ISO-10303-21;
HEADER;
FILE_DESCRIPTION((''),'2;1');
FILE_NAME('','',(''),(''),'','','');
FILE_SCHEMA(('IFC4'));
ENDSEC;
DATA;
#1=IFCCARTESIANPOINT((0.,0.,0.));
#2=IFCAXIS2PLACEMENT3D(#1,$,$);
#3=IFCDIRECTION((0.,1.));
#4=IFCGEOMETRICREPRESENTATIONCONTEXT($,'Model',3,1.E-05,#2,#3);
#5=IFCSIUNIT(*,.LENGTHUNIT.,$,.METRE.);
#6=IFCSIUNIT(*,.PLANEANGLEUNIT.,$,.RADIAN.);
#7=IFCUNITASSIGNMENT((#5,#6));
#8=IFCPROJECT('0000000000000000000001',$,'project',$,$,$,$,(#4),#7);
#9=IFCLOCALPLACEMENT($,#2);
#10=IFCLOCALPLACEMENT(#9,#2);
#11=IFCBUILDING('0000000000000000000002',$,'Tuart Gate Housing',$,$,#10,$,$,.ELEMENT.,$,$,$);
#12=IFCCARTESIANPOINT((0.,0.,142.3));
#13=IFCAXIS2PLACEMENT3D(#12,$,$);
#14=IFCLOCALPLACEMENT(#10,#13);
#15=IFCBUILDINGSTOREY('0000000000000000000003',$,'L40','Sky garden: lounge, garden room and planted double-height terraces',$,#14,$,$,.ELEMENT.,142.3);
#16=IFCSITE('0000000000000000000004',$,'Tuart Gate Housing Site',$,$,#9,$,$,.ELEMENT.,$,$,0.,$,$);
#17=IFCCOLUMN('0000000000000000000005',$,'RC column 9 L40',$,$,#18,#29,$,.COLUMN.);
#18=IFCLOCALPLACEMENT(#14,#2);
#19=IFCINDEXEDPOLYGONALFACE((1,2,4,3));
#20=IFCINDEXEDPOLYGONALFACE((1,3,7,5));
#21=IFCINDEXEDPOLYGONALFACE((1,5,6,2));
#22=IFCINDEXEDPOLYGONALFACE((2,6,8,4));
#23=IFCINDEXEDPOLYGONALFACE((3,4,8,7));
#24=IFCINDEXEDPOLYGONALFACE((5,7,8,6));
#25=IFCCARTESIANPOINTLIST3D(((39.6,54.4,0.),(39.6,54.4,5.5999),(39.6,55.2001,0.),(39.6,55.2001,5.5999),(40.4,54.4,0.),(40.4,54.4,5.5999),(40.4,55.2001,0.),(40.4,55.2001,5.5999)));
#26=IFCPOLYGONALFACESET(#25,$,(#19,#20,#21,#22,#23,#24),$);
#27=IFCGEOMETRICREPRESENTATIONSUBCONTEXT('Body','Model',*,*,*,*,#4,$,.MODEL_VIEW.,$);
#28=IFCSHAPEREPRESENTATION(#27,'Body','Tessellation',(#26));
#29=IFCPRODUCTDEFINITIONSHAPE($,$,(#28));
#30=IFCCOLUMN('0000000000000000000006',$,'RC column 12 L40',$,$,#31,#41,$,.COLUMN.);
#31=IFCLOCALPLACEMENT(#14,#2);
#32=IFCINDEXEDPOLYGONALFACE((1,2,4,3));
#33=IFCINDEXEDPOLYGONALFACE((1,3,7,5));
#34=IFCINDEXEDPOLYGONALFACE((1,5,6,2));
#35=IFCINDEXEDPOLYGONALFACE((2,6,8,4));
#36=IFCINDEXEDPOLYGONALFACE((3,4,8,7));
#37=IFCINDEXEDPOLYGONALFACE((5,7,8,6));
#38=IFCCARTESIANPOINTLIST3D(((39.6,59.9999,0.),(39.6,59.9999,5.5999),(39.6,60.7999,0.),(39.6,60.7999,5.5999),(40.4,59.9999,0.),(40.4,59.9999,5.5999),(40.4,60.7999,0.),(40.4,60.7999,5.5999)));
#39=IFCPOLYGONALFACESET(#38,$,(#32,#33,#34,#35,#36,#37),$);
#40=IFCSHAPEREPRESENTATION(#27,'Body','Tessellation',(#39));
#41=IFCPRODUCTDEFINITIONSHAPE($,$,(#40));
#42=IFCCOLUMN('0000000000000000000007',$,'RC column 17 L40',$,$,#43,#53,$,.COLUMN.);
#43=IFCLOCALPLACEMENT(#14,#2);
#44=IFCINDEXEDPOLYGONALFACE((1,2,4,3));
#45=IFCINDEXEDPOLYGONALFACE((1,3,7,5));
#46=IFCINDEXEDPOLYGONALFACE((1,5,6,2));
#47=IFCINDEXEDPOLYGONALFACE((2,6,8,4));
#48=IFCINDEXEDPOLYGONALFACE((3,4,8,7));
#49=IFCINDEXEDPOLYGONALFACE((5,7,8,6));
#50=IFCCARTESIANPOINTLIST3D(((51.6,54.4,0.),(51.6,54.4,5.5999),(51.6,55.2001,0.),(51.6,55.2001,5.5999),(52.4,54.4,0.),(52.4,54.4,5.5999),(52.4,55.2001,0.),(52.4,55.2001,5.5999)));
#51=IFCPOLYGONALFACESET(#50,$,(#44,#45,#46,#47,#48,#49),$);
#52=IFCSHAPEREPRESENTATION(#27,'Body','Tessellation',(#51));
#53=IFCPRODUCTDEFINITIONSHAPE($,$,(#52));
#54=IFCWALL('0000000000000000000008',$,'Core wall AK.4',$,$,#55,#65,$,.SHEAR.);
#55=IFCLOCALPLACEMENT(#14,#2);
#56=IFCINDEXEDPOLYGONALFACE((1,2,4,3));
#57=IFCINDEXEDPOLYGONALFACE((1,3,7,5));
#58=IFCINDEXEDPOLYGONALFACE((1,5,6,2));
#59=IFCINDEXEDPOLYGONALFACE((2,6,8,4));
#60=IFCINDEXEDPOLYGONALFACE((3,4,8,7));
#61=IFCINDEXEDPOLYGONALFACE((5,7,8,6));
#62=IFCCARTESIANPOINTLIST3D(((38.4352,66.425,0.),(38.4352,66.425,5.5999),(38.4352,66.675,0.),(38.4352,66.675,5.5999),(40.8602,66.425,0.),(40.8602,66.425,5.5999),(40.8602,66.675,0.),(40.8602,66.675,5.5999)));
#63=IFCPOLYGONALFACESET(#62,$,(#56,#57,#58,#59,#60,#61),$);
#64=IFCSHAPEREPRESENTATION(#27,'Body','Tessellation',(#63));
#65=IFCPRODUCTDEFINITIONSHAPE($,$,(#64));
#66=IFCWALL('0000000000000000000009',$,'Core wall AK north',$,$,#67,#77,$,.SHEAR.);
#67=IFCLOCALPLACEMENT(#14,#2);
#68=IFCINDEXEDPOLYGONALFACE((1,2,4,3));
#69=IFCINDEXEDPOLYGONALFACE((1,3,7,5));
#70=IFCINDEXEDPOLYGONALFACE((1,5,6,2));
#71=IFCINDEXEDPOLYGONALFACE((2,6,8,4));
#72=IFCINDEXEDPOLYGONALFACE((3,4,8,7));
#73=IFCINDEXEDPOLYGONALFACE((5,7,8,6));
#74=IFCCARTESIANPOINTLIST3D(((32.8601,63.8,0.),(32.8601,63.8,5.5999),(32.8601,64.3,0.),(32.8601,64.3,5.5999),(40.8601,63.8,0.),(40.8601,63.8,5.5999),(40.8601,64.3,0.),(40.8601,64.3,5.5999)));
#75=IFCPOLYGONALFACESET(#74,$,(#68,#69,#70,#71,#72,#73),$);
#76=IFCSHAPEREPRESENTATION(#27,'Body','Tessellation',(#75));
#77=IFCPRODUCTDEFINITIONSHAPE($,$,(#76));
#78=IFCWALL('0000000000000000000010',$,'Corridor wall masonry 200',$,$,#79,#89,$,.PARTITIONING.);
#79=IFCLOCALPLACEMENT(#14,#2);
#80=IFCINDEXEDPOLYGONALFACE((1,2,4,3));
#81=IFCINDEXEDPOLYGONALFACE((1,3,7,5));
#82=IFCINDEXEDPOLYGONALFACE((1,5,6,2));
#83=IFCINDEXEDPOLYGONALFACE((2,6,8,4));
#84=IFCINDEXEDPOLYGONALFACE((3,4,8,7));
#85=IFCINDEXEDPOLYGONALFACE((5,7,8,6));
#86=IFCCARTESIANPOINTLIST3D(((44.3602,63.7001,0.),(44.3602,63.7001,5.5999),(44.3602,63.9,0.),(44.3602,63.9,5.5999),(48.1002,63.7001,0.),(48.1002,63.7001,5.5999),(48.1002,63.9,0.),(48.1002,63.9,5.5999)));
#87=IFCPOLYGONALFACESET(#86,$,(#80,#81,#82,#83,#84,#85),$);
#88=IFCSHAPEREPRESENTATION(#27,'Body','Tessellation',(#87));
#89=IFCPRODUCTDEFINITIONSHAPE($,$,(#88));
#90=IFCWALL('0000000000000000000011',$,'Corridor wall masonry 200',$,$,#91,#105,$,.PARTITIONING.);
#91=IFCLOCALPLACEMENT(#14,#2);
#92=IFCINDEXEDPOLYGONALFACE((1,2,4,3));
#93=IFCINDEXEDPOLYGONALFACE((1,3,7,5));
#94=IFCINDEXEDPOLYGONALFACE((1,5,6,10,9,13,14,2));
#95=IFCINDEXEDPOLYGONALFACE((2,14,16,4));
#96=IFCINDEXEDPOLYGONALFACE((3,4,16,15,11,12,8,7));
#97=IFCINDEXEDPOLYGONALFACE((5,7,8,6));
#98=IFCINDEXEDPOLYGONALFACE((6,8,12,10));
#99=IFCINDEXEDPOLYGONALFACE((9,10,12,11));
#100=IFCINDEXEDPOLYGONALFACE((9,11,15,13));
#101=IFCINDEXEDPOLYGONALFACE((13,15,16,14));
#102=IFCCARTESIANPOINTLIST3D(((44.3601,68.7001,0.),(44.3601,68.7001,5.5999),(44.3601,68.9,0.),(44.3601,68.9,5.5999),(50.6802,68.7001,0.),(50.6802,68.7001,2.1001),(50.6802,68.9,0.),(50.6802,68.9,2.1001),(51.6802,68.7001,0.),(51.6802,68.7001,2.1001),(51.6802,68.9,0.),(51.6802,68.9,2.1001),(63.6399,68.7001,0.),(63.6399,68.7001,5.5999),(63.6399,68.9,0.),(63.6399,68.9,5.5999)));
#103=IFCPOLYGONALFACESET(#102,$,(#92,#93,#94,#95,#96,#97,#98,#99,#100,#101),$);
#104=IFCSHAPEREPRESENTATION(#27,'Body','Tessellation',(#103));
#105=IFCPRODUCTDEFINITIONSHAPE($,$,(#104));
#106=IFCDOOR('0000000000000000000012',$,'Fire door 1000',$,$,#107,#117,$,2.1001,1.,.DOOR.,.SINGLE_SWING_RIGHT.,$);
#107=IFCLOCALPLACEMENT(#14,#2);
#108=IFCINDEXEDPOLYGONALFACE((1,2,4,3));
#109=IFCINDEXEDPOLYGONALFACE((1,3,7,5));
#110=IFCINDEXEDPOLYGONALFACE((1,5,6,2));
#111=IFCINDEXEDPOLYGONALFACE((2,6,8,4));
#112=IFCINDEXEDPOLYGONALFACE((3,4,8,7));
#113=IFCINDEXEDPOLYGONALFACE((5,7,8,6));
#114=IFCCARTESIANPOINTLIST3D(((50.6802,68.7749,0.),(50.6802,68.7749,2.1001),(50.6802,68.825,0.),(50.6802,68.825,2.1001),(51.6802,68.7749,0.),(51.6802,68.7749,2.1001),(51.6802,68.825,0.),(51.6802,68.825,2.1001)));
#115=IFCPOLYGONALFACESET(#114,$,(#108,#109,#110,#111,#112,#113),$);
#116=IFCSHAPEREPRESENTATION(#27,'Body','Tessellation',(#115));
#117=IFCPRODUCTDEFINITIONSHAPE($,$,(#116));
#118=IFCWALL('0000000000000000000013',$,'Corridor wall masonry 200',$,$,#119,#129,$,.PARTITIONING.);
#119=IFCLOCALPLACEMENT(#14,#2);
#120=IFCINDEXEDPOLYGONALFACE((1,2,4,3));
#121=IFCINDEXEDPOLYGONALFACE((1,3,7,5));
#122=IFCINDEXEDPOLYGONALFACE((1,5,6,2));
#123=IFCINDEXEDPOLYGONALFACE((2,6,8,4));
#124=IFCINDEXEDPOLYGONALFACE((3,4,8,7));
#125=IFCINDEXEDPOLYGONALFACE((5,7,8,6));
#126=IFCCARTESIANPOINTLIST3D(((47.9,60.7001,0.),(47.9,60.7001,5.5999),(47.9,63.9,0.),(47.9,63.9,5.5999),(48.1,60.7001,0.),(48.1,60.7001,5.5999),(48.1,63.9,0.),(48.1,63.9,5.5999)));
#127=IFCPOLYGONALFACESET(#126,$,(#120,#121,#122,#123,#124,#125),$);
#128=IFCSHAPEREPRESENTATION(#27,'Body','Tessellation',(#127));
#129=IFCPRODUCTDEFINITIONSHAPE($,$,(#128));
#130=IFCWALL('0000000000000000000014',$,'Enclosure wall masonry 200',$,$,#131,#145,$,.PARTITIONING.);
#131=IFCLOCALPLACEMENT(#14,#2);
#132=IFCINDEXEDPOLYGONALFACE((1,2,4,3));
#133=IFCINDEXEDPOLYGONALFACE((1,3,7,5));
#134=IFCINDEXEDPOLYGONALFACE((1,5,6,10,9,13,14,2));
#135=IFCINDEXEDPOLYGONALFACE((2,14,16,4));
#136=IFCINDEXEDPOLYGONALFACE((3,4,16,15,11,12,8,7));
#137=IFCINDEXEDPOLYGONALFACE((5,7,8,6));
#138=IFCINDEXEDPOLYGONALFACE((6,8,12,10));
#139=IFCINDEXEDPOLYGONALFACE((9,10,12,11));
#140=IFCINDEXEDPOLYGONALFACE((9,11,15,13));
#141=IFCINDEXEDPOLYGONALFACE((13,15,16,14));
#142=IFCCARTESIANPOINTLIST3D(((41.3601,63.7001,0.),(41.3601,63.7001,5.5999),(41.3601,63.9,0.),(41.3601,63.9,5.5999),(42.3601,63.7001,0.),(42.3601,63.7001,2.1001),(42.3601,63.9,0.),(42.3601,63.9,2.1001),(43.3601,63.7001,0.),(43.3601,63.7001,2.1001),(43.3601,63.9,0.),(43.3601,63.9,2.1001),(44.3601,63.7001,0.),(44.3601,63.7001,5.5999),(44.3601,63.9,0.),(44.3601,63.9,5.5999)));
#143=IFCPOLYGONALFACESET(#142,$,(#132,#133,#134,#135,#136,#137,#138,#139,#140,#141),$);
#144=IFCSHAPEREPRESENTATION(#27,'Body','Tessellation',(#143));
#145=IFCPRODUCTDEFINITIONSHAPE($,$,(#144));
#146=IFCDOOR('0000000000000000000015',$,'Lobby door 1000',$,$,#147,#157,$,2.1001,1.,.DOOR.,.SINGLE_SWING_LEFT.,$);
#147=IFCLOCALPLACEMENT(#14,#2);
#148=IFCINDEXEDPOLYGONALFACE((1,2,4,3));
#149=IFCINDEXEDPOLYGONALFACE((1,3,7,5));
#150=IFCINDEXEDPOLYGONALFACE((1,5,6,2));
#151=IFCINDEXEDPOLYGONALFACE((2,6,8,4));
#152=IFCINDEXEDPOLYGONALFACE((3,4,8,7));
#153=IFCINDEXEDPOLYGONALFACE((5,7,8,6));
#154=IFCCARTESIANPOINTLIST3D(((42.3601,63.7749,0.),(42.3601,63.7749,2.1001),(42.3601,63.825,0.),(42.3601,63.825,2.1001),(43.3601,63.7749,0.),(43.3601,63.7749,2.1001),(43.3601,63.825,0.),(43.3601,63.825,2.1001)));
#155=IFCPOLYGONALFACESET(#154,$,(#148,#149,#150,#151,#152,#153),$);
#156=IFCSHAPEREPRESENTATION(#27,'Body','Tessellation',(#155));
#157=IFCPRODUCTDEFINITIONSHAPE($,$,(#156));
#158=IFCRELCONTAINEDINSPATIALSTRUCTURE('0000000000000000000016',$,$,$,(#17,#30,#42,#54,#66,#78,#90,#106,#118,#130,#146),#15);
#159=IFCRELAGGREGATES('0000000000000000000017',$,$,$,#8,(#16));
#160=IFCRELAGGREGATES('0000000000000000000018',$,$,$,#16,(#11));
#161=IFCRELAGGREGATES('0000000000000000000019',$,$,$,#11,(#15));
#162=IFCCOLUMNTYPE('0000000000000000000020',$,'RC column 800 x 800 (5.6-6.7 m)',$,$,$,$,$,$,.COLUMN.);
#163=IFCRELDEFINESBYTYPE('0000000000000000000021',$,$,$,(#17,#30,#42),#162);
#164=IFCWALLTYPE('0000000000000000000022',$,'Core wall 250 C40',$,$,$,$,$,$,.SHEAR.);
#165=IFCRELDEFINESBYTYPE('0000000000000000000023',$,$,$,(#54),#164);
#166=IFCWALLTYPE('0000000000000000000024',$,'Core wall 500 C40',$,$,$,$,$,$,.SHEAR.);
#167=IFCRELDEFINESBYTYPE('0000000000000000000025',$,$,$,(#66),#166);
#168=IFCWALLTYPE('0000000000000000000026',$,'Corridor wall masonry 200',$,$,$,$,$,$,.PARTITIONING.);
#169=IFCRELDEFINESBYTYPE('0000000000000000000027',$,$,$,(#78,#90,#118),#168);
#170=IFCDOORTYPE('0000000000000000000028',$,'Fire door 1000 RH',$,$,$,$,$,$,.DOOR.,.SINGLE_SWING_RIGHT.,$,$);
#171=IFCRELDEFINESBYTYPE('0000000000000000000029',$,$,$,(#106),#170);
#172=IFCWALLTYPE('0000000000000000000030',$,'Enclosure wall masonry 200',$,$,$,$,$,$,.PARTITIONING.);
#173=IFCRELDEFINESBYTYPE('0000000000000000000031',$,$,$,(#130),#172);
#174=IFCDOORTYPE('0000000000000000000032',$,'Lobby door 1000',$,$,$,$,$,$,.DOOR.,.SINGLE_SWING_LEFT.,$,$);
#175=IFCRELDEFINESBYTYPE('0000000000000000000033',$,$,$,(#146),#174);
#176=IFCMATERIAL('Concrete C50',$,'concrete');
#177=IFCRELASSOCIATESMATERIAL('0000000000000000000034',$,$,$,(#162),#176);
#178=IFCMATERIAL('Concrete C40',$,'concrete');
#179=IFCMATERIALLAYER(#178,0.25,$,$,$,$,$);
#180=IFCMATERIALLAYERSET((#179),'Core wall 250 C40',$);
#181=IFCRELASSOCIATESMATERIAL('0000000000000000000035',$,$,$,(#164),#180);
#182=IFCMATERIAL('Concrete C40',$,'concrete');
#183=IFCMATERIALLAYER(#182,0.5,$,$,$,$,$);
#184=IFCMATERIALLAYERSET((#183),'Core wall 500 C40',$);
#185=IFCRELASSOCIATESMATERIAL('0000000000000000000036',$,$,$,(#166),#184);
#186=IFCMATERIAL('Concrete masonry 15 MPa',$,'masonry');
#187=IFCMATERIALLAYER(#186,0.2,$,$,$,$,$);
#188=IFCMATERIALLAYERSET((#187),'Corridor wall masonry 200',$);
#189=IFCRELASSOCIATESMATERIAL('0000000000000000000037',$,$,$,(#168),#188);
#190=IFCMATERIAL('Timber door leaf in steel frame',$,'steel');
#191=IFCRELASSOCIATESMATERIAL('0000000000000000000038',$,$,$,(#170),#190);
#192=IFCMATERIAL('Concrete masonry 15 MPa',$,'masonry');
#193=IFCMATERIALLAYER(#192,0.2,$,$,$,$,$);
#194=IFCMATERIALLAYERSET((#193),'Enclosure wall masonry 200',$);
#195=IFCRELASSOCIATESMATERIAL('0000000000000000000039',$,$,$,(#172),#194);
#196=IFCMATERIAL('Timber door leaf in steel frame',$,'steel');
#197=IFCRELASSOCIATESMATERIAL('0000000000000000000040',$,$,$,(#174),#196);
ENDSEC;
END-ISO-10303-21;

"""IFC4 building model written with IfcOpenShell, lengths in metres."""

from ifc_helpers import new_model, si_unit, direction, frame, frame_2d, origin, origin_2d, place, context, subcontext, project, spatial, rectangle, extrude, material, layer, layer_set, material_profile, profile_set, type_object, element, fill, save


model = new_model("IFC4")

# Units and contexts
model_context = context("Model", 3, precision=1e-05, world=origin(), true_north=direction((0.0, 1.0)))
body_context = subcontext(model_context, "Body", "Model", "MODEL_VIEW")
ifc_project = project(units=[si_unit("LENGTHUNIT", "METRE"), si_unit("PLANEANGLEUNIT", "RADIAN")], contexts=[model_context])

# Site, building, storey
site_placement = place(None, origin())
site = spatial("IfcSite", under=ifc_project, at=site_placement, Name="Tuart Gate Housing Site", CompositionType="ELEMENT", RefElevation=0.0)
building_placement = place(site_placement, origin())
building = spatial("IfcBuilding", under=site, at=building_placement, Name="Tuart Gate Housing", CompositionType="ELEMENT")
storey_placement = place(building_placement, frame((0.0, 0.0, 142.3)))
storey = spatial("IfcBuildingStorey", under=building, at=storey_placement, Name="L40", Description="Sky garden: lounge, garden room and planted double-height terraces", CompositionType="ELEMENT", Elevation=142.3)

# Columns
ifc_material_1 = material(Name="Concrete C50", Category="concrete")
ifc_material_profile = material_profile(ifc_material_1, rectangle(XDim=0.8, YDim=0.8, at=origin_2d()), Name="RC column 800 x 800 (5.6-6.7 m)")
ifc_profile_set = profile_set([ifc_material_profile], Name="Concrete C50")
column_type = type_object("IfcColumnType", Name="RC column 800 x 800 (5.6-6.7 m)", PredefinedType="COLUMN", material=ifc_profile_set)
for number, where, z_axis, x_axis, name in (
    (1, (40.0, 54.8, 0.0), (0.0, 0.0, 1.0), (1.0, 0.0, 0.0), "RC column 9 L40"),
    (2, (40.0, 60.3999, 0.0), (0.0, 0.0, 1.0), (1.0, 0.0, 0.0), "RC column 12 L40"),
    (3, (52.0, 54.8, 0.0), (0.0, 0.0, 1.0), (1.0, 0.0, 0.0), "RC column 17 L40"),
):
    element("IfcColumn", number, at=place(storey_placement, frame(where, z_axis=z_axis, x_axis=x_axis)), inside=storey, type_object=column_type, Name=name, PredefinedType="COLUMN", context=body_context, shape_type="SweptSolid", body=[
        extrude(rectangle(XDim=0.8, YDim=0.8, at=origin_2d()), origin(), (0.0, 0.0, 1.0), 5.5999),
    ])

# Walls
ifc_material_2 = material(Name="Concrete C40", Category="concrete")
ifc_layer_1 = layer(ifc_material_2, 0.25)
ifc_layer_set_1 = layer_set([ifc_layer_1], Name="Core wall 250 C40")
wall_type_1 = type_object("IfcWallType", Name="Core wall 250 C40", PredefinedType="SHEAR", material=ifc_layer_set_1)
wall_1_placement = place(storey_placement, frame((40.8601, 66.55, 0.0), z_axis=(0.0, 0.0, 1.0), x_axis=(-1.0, 0.0, 0.0)))
element("IfcWall", 4, at=wall_1_placement, inside=storey, type_object=wall_type_1, Name="Core wall AK.4", PredefinedType="SHEAR", context=body_context, shape_type="SweptSolid", body=[
    extrude(rectangle(XDim=2.425, YDim=0.25, at=frame_2d((1.2124, 0.0))), origin(), (0.0, 0.0, 1.0), 5.5999),
])
ifc_material_3 = material(Name="Concrete C40", Category="concrete")
ifc_layer_2 = layer(ifc_material_3, 0.5)
ifc_layer_set_2 = layer_set([ifc_layer_2], Name="Core wall 500 C40")
wall_type_2 = type_object("IfcWallType", Name="Core wall 500 C40", PredefinedType="SHEAR", material=ifc_layer_set_2)
wall_2_placement = place(storey_placement, frame((40.8601, 64.05, 0.0), z_axis=(0.0, 0.0, 1.0), x_axis=(-1.0, 0.0, 0.0)))
element("IfcWall", 5, at=wall_2_placement, inside=storey, type_object=wall_type_2, Name="Core wall AK north", PredefinedType="SHEAR", context=body_context, shape_type="SweptSolid", body=[
    extrude(rectangle(XDim=8.0, YDim=0.5, at=frame_2d((4.0, 0.0))), origin(), (0.0, 0.0, 1.0), 5.5999),
])
ifc_material_4 = material(Name="Concrete masonry 15 MPa", Category="masonry")
ifc_layer_3 = layer(ifc_material_4, 0.2)
ifc_layer_set_3 = layer_set([ifc_layer_3], Name="Corridor wall masonry 200")
wall_type_3 = type_object("IfcWallType", Name="Corridor wall masonry 200", PredefinedType="PARTITIONING", material=ifc_layer_set_3)
wall_3_placement = place(storey_placement, frame((44.3601, 63.8, 0.0), z_axis=(0.0, 0.0, 1.0), x_axis=(1.0, 0.0, 0.0)))
element("IfcWall", 6, at=wall_3_placement, inside=storey, type_object=wall_type_3, Name="Corridor wall masonry 200", PredefinedType="PARTITIONING", context=body_context, shape_type="SweptSolid", body=[
    extrude(rectangle(XDim=3.74, YDim=0.2, at=frame_2d((1.8701, 0.0))), origin(), (0.0, 0.0, 1.0), 5.5999),
])

# Wall, opening, door
wall_4_placement = place(storey_placement, frame((44.3601, 68.8, 0.0), z_axis=(0.0, 0.0, 1.0), x_axis=(1.0, 0.0, 0.0)))
wall_4 = element("IfcWall", 7, at=wall_4_placement, inside=storey, type_object=wall_type_3, Name="Corridor wall masonry 200", PredefinedType="PARTITIONING", context=body_context, shape_type="SweptSolid", body=[
    extrude(rectangle(XDim=19.2798, YDim=0.2, at=frame_2d((9.6399, 0.0))), origin(), (0.0, 0.0, 1.0), 5.5999),
])
opening_1_placement = place(wall_4_placement, frame((6.3201, 0.0, 0.0)))
opening_1 = element("IfcOpeningElement", 8, at=opening_1_placement, cuts=wall_4, PredefinedType="OPENING", context=body_context, shape_type="SweptSolid", body=[
    extrude(rectangle(XDim=1.0, YDim=2.1001, at=frame_2d((0.5, 1.05))), frame((0.0, 0.1099, 0.0), z_axis=(0.0, -1.0, 0.0), x_axis=(1.0, 0.0, 0.0)), (0.0, 0.0, 1.0), 0.22),
])
ifc_material_5 = material(Name="Timber door leaf in steel frame", Category="steel")
door_type_1 = type_object("IfcDoorType", Name="Fire door 1000 RH", OperationType="SINGLE_SWING_RIGHT", PredefinedType="DOOR", material=ifc_material_5)
door_1_placement = place(opening_1_placement, frame((1.0, 0.0, 0.0), z_axis=(0.0, 0.0, 1.0), x_axis=(-1.0, 0.0, 0.0)))
door_1 = element("IfcDoor", 9, at=door_1_placement, inside=storey, type_object=door_type_1, Name="Fire door 1000", OperationType="SINGLE_SWING_RIGHT", OverallHeight=2.1001, OverallWidth=1.0, PredefinedType="DOOR", context=body_context, shape_type="SweptSolid", body=[
    extrude(rectangle(XDim=1.0, YDim=2.1001, at=frame_2d((0.5, 1.05))), frame((0.0, 0.0251, 0.0), z_axis=(0.0, -1.0, 0.0), x_axis=(1.0, 0.0, 0.0)), (0.0, 0.0, 1.0), 0.05),
])
fill(opening_1, door_1)

# Wall
wall_5_placement = place(storey_placement, frame((48.0, 60.7, 0.0), z_axis=(0.0, 0.0, 1.0), x_axis=(0.0, 1.0, 0.0)))
element("IfcWall", 10, at=wall_5_placement, inside=storey, type_object=wall_type_3, Name="Corridor wall masonry 200", PredefinedType="PARTITIONING", context=body_context, shape_type="SweptSolid", body=[
    extrude(rectangle(XDim=3.2, YDim=0.2, at=frame_2d((1.6001, 0.0))), origin(), (0.0, 0.0, 1.0), 5.5999),
])

# Wall, opening, door
ifc_material_6 = material(Name="Concrete masonry 15 MPa", Category="masonry")
ifc_layer_4 = layer(ifc_material_6, 0.2)
ifc_layer_set_4 = layer_set([ifc_layer_4], Name="Enclosure wall masonry 200")
wall_type_4 = type_object("IfcWallType", Name="Enclosure wall masonry 200", PredefinedType="PARTITIONING", material=ifc_layer_set_4)
wall_6_placement = place(storey_placement, frame((41.3601, 63.8, 0.0), z_axis=(0.0, 0.0, 1.0), x_axis=(1.0, 0.0, 0.0)))
wall_6 = element("IfcWall", 11, at=wall_6_placement, inside=storey, type_object=wall_type_4, Name="Enclosure wall masonry 200", PredefinedType="PARTITIONING", context=body_context, shape_type="SweptSolid", body=[
    extrude(rectangle(XDim=3.0, YDim=0.2, at=frame_2d((1.5, 0.0))), origin(), (0.0, 0.0, 1.0), 5.5999),
])
opening_2_placement = place(wall_6_placement, frame((1.0, 0.0, 0.0)))
opening_2 = element("IfcOpeningElement", 12, at=opening_2_placement, cuts=wall_6, PredefinedType="OPENING", context=body_context, shape_type="SweptSolid", body=[
    extrude(rectangle(XDim=1.0, YDim=2.1001, at=frame_2d((0.5, 1.05))), frame((0.0, 0.1099, 0.0), z_axis=(0.0, -1.0, 0.0), x_axis=(1.0, 0.0, 0.0)), (0.0, 0.0, 1.0), 0.22),
])
ifc_material_7 = material(Name="Timber door leaf in steel frame", Category="steel")
door_type_2 = type_object("IfcDoorType", Name="Lobby door 1000", OperationType="SINGLE_SWING_LEFT", PredefinedType="DOOR", material=ifc_material_7)
door_2_placement = place(opening_2_placement, frame((1.0, 0.0, 0.0), z_axis=(0.0, 0.0, 1.0), x_axis=(-1.0, 0.0, 0.0)))
door_2 = element("IfcDoor", 13, at=door_2_placement, inside=storey, type_object=door_type_2, Name="Lobby door 1000", OperationType="SINGLE_SWING_LEFT", OverallHeight=2.1001, OverallWidth=1.0, PredefinedType="DOOR", context=body_context, shape_type="SweptSolid", body=[
    extrude(rectangle(XDim=1.0, YDim=2.1001, at=frame_2d((0.5, 1.05))), frame((0.0, 0.0251, 0.0), z_axis=(0.0, -1.0, 0.0), x_axis=(1.0, 0.0, 0.0)), (0.0, 0.0, 1.0), 0.05),
])
fill(opening_2, door_2)

save(model, "model.ifc")
